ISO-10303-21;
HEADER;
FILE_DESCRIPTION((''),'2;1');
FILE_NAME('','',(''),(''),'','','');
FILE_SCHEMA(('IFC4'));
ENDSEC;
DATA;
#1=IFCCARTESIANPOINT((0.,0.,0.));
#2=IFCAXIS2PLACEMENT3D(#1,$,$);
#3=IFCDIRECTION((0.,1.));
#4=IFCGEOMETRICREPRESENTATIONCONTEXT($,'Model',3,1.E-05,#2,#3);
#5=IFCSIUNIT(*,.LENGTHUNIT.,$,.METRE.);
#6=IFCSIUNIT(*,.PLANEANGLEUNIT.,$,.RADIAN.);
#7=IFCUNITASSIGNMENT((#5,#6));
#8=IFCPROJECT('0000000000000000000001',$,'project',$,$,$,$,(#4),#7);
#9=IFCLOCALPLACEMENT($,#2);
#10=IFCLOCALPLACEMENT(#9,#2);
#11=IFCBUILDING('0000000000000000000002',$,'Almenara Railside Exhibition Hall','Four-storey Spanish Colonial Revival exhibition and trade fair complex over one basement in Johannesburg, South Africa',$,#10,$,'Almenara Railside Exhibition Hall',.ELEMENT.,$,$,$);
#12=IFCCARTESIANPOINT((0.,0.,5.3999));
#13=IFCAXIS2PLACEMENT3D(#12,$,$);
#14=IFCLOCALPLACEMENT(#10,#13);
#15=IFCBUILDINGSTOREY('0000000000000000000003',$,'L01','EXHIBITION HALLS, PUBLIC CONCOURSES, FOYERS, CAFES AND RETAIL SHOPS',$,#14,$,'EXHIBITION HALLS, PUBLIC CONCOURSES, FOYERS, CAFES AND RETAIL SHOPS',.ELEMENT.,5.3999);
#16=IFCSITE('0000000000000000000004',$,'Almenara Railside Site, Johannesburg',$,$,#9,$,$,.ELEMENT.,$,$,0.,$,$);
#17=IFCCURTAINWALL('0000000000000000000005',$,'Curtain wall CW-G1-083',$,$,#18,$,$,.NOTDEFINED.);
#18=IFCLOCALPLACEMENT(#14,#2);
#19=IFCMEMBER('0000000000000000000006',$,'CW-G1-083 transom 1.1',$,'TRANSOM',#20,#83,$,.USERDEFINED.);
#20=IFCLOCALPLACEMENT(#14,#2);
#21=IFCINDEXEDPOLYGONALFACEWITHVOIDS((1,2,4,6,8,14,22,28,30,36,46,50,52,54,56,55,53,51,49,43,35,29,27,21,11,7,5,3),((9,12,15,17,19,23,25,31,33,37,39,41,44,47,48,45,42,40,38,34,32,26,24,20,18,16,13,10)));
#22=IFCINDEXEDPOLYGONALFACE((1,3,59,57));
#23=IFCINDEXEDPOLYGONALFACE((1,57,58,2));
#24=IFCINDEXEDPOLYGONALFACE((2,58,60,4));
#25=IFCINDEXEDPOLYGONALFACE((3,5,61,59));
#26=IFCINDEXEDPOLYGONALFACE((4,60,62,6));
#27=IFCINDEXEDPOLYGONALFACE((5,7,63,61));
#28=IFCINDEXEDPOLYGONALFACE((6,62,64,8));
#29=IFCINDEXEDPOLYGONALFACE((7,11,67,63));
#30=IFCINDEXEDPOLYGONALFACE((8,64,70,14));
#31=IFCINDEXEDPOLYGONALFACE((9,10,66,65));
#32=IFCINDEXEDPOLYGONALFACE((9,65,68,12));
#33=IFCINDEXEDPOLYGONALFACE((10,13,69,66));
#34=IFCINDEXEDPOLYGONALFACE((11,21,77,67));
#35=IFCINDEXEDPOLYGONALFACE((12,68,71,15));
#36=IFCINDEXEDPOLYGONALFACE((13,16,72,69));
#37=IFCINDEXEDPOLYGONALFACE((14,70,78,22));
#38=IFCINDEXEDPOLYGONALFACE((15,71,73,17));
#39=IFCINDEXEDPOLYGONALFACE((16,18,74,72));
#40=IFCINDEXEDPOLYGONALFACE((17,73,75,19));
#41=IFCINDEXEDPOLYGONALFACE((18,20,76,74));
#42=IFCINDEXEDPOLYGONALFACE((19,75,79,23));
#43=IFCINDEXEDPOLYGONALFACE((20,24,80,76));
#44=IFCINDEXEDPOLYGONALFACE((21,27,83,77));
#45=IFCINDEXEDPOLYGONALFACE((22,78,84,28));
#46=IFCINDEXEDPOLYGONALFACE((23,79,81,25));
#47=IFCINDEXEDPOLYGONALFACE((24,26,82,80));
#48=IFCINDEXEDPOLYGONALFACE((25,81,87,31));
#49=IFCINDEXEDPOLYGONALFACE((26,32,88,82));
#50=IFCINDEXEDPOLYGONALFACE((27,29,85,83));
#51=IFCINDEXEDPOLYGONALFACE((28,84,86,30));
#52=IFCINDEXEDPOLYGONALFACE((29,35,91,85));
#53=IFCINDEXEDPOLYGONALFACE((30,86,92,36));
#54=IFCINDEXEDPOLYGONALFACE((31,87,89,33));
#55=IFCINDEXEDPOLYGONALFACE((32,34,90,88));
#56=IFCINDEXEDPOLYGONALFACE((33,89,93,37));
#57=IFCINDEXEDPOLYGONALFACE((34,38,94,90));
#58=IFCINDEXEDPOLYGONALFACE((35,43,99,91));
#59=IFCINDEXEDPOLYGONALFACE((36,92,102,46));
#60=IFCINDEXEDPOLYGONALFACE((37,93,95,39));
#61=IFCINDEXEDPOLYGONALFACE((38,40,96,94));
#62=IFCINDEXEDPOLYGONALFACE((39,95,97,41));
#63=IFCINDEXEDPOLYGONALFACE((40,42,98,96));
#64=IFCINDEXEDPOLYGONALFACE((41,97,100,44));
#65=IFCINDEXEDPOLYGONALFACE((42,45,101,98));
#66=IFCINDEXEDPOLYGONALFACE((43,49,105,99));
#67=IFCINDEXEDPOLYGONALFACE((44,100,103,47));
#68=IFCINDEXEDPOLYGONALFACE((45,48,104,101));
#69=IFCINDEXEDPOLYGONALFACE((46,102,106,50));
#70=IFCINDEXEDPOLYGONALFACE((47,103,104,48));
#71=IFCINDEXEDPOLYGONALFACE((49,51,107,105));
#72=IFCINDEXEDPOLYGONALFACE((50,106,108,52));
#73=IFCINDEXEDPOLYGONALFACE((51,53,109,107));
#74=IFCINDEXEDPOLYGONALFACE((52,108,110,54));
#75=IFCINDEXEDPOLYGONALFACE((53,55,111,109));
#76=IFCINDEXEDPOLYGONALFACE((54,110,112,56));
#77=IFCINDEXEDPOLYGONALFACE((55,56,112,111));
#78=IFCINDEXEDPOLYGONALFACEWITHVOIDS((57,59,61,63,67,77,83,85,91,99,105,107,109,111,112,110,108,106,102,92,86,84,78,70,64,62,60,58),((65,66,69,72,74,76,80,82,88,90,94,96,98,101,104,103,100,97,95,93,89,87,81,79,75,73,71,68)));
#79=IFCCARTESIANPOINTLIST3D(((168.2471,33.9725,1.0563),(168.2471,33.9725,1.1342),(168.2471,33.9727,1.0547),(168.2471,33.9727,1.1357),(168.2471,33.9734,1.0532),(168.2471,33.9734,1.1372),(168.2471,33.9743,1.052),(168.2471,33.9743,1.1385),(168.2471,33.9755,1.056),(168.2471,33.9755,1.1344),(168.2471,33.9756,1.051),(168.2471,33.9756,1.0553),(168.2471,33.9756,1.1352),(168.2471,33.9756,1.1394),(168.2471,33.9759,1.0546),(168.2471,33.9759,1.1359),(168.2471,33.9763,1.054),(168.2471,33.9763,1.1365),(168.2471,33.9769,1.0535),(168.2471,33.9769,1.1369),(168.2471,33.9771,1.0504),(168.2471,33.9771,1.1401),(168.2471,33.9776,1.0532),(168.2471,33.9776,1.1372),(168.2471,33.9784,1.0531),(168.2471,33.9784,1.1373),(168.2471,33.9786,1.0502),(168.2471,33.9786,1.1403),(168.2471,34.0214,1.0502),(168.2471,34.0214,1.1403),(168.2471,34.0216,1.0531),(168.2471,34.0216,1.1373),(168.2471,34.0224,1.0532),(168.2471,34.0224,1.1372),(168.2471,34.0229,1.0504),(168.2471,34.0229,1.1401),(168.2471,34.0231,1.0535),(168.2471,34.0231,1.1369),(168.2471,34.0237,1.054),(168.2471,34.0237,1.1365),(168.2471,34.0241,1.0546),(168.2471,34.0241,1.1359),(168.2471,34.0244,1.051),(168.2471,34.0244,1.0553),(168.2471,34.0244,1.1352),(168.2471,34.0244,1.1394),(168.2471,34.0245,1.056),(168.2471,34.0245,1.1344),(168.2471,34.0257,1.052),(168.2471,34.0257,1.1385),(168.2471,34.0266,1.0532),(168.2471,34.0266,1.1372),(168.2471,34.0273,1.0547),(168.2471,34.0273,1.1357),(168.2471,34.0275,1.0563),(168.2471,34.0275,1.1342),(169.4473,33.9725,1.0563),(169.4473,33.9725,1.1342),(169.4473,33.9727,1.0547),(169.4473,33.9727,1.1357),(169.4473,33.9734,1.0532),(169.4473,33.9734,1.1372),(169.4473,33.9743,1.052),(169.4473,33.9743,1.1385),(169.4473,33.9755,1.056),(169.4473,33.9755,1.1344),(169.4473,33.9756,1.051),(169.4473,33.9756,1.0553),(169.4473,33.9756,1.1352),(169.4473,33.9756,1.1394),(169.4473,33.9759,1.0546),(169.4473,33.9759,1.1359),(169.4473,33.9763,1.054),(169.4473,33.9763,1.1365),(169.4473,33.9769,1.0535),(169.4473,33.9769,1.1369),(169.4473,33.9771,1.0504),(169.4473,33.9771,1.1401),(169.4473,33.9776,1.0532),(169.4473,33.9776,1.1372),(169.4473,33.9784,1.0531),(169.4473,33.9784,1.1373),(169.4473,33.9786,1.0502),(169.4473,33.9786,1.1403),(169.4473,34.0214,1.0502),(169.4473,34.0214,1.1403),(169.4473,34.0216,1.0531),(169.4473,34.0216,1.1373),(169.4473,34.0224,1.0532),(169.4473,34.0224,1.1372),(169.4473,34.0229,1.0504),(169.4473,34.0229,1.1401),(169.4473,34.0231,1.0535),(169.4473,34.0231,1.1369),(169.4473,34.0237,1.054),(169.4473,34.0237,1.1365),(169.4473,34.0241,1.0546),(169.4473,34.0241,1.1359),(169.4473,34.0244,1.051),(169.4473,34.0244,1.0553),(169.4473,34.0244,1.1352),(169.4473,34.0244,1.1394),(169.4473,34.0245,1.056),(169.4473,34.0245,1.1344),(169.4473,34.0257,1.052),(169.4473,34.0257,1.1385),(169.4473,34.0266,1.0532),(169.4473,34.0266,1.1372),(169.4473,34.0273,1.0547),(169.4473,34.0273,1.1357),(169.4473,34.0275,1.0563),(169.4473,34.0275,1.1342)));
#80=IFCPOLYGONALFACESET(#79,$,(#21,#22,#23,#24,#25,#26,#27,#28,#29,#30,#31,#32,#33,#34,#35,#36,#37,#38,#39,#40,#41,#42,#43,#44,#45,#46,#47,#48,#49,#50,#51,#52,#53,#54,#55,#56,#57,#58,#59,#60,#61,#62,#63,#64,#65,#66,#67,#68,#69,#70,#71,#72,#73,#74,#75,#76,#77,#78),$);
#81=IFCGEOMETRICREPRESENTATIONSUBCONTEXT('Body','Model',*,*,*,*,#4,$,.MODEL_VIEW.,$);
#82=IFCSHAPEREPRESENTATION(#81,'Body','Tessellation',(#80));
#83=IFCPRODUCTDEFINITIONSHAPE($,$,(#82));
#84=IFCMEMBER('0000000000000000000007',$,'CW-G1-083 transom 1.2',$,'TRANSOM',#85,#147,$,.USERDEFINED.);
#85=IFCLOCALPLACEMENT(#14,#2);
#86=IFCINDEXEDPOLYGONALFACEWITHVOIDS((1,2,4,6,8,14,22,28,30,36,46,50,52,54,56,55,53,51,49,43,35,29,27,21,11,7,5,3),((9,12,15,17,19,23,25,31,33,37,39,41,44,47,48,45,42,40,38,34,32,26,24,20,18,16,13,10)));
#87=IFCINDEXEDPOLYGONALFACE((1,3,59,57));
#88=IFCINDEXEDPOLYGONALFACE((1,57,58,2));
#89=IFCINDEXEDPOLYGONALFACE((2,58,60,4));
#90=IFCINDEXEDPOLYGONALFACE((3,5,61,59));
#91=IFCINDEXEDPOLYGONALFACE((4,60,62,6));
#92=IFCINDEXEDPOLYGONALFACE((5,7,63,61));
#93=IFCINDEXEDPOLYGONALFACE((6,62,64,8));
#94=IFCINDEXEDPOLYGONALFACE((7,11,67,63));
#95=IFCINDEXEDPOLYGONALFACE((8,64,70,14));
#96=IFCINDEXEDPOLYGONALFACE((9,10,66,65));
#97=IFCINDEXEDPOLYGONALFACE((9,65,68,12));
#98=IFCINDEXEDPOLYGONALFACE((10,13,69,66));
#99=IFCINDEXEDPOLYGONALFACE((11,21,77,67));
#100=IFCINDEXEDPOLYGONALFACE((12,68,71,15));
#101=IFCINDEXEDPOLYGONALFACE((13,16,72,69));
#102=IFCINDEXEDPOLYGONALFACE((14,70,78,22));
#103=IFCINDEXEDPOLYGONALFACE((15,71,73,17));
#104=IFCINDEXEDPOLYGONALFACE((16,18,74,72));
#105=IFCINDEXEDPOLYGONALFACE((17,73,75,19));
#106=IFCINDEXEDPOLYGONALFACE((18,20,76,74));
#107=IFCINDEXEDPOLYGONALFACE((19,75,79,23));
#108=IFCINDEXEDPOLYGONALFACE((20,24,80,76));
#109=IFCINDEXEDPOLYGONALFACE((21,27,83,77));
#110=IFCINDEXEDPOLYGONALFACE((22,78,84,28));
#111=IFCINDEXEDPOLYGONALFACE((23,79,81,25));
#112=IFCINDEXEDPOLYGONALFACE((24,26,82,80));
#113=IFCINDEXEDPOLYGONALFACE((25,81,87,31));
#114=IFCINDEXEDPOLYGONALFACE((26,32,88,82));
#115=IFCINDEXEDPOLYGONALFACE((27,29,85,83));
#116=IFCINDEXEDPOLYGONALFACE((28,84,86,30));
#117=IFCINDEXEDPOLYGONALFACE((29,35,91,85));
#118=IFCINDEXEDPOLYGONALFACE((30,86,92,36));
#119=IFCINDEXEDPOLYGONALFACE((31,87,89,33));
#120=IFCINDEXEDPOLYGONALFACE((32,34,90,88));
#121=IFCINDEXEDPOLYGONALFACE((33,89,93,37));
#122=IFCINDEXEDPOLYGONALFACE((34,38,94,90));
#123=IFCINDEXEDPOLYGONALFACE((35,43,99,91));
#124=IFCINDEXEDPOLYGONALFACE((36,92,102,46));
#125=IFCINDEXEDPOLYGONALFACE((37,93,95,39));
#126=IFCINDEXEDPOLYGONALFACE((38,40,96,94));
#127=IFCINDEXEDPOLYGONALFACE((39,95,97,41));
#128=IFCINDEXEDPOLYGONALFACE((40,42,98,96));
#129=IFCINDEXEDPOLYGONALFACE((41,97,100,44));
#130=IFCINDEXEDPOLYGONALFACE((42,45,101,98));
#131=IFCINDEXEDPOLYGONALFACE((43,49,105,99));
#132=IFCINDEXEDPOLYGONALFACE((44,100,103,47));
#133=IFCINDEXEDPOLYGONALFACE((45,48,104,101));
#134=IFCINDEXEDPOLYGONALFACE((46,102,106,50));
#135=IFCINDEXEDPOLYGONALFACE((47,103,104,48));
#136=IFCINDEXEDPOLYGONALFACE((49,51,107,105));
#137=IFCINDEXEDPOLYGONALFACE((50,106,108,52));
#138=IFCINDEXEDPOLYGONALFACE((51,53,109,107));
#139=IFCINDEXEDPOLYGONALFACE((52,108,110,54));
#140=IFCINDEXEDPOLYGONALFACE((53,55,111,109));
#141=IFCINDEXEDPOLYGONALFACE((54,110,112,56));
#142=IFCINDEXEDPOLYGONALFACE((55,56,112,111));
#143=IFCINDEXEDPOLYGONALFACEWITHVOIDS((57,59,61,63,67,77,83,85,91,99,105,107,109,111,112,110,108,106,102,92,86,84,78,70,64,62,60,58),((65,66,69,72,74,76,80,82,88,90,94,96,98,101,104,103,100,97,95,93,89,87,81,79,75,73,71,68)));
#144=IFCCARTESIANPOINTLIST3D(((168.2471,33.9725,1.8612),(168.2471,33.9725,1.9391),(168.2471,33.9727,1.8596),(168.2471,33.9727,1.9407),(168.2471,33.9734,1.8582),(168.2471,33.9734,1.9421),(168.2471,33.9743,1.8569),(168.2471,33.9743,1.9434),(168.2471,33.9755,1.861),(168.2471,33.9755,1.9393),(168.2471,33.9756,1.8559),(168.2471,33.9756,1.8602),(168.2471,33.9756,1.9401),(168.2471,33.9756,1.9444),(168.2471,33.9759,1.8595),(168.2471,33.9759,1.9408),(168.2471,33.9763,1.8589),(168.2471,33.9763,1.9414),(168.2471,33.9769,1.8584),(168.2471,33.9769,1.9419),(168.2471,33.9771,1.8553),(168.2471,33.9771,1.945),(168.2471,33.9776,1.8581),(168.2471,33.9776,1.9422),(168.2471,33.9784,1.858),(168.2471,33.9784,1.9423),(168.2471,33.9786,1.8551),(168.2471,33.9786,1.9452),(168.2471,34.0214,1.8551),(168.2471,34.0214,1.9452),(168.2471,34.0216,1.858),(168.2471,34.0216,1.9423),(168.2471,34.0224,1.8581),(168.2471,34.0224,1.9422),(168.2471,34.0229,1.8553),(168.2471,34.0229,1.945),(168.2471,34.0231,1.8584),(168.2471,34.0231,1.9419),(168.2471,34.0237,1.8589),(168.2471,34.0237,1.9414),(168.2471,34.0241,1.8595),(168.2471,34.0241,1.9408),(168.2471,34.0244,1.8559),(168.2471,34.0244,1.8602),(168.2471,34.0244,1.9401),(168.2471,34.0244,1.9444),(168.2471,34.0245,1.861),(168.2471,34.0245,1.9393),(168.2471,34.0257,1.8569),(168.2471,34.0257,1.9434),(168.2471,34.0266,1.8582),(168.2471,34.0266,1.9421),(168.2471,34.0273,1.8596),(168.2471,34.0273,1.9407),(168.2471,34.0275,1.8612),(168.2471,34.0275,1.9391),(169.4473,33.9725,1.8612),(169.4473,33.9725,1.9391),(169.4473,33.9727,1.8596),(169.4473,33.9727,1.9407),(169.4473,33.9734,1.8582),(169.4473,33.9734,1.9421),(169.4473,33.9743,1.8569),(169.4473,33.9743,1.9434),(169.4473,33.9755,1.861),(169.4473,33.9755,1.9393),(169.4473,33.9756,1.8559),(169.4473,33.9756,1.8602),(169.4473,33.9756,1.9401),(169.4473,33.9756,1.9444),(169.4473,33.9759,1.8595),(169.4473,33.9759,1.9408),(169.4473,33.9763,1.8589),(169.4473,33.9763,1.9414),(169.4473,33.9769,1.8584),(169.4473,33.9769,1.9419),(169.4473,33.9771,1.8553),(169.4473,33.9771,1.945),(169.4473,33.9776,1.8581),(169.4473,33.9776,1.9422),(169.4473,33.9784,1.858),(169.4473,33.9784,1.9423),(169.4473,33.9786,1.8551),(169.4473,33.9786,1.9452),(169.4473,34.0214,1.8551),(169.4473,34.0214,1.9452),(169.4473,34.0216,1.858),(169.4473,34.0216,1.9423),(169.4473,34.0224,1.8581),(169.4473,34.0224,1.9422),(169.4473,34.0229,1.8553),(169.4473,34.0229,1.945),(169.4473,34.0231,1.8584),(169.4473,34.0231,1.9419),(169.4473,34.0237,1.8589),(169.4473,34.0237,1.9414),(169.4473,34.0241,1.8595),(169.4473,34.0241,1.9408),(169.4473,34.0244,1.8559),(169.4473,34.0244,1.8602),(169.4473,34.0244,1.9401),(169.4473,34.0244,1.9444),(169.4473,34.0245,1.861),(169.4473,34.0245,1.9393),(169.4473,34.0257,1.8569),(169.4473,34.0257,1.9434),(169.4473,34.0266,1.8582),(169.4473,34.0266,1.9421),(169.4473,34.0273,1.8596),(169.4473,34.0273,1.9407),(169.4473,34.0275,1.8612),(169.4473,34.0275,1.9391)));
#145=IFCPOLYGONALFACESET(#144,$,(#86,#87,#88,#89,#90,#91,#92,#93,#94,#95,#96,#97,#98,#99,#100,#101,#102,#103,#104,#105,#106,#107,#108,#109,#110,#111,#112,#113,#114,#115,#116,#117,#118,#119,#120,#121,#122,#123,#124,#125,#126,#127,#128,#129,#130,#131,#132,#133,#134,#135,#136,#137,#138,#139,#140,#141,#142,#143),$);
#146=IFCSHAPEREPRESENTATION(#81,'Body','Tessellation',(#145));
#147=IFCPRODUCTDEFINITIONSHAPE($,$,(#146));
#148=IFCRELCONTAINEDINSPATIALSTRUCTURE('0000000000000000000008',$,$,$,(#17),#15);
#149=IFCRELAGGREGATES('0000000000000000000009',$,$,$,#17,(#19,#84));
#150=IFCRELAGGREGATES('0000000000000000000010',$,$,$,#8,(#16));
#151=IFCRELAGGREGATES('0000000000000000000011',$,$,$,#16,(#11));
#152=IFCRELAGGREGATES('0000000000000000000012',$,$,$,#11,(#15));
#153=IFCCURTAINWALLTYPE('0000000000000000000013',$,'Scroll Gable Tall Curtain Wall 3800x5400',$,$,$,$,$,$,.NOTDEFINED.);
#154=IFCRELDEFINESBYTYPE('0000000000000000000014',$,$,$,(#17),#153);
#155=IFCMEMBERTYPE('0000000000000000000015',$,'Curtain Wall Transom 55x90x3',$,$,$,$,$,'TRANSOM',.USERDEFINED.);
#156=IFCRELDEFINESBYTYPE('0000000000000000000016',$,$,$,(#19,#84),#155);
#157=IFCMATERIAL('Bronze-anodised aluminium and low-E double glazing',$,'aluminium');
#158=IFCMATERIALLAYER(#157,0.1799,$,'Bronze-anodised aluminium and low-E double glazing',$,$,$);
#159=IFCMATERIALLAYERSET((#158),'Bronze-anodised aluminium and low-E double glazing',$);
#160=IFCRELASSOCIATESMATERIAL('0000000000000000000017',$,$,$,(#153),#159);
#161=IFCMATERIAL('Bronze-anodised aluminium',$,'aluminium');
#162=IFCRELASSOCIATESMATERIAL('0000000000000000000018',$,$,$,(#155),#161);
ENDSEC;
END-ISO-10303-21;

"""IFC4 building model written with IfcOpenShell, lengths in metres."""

from ifc_helpers import new_model, si_unit, direction, frame, origin, origin_2d, place, context, subcontext, project, spatial, hollow_rectangle, extrude, material, layer, layer_set, material_profile, profile_set, type_object, element, aggregate, save


model = new_model("IFC4")

# Units and contexts
model_context = context("Model", 3, precision=1e-05, world=origin(), true_north=direction((0.0, 1.0)))
body_context = subcontext(model_context, "Body", "Model", "MODEL_VIEW")
ifc_project = project(units=[si_unit("LENGTHUNIT", "METRE"), si_unit("PLANEANGLEUNIT", "RADIAN")], contexts=[model_context])

# Site, building, storey
site_placement = place(None, origin())
site = spatial("IfcSite", under=ifc_project, at=site_placement, Name="Almenara Railside Site, Johannesburg", CompositionType="ELEMENT", RefElevation=0.0)
building_placement = place(site_placement, origin())
building = spatial("IfcBuilding", under=site, at=building_placement, Name="Almenara Railside Exhibition Hall", Description="Four-storey Spanish Colonial Revival exhibition and trade fair complex over one basement in Johannesburg, South Africa", LongName="Almenara Railside Exhibition Hall", CompositionType="ELEMENT")
storey_placement = place(building_placement, frame((0.0, 0.0, 5.3999)))
storey = spatial("IfcBuildingStorey", under=building, at=storey_placement, Name="L01", Description="EXHIBITION HALLS, PUBLIC CONCOURSES, FOYERS, CAFES AND RETAIL SHOPS", LongName="EXHIBITION HALLS, PUBLIC CONCOURSES, FOYERS, CAFES AND RETAIL SHOPS", CompositionType="ELEMENT", Elevation=5.3999)

# Curtain wall, members
ifc_material_1 = material(Name="Bronze-anodised aluminium and low-E double glazing", Category="aluminium")
ifc_layer_1 = layer(ifc_material_1, 0.1799, Name="Bronze-anodised aluminium and low-E double glazing")
ifc_layer_set_1 = layer_set([ifc_layer_1], Name="Bronze-anodised aluminium and low-E double glazing")
curtain_wall_type = type_object("IfcCurtainWallType", Name="Scroll Gable Tall Curtain Wall 3800x5400", PredefinedType="NOTDEFINED", material=ifc_layer_set_1)
curtain_wall_placement = place(storey_placement, origin())
curtain_wall = element("IfcCurtainWall", 1, at=curtain_wall_placement, inside=storey, type_object=curtain_wall_type, Name="Curtain wall CW-G1-083", PredefinedType="NOTDEFINED")
ifc_material_2 = material(Name="Bronze-anodised aluminium", Category="aluminium")
ifc_material_profile_1 = material_profile(ifc_material_2, hollow_rectangle(XDim=0.0549, YDim=0.0901, WallThickness=0.0029, InnerFilletRadius=0.0029, OuterFilletRadius=0.0061, at=origin_2d()), Name="ALU-TRN 55x90x3")
ifc_profile_set_1 = profile_set([ifc_material_profile_1], Name="Bronze-anodised aluminium")
member_type_1 = type_object("IfcMemberType", Name="Curtain Wall Transom 55x90x3", ElementType="TRANSOM", PredefinedType="USERDEFINED", material=ifc_profile_set_1)
member_1_placement = place(storey_placement, frame((168.2471, 34.0, 1.0952), z_axis=(1.0, 0.0, 0.0), x_axis=(0.0, 1.0, 0.0)))
member_1 = element("IfcMember", 2, at=member_1_placement, type_object=member_type_1, Name="CW-G1-083 transom 1.1", ObjectType="TRANSOM", PredefinedType="USERDEFINED", context=body_context, shape_type="SweptSolid", body=[
    extrude(hollow_rectangle(XDim=0.0549, YDim=0.0901, WallThickness=0.0029, InnerFilletRadius=0.0029, OuterFilletRadius=0.0061, at=origin_2d()), origin(), (0.0, 0.0, 1.0), 1.2002),
])
member_2_placement = place(storey_placement, frame((168.2471, 34.0, 1.9001), z_axis=(1.0, 0.0, 0.0), x_axis=(0.0, 1.0, 0.0)))
member_2 = element("IfcMember", 3, at=member_2_placement, type_object=member_type_1, Name="CW-G1-083 transom 1.2", ObjectType="TRANSOM", PredefinedType="USERDEFINED", context=body_context, shape_type="SweptSolid", body=[
    extrude(hollow_rectangle(XDim=0.0549, YDim=0.0901, WallThickness=0.0029, InnerFilletRadius=0.0029, OuterFilletRadius=0.0061, at=origin_2d()), origin(), (0.0, 0.0, 1.0), 1.2002),
])
aggregate(curtain_wall, [member_1, member_2])

save(model, "model.ifc")
